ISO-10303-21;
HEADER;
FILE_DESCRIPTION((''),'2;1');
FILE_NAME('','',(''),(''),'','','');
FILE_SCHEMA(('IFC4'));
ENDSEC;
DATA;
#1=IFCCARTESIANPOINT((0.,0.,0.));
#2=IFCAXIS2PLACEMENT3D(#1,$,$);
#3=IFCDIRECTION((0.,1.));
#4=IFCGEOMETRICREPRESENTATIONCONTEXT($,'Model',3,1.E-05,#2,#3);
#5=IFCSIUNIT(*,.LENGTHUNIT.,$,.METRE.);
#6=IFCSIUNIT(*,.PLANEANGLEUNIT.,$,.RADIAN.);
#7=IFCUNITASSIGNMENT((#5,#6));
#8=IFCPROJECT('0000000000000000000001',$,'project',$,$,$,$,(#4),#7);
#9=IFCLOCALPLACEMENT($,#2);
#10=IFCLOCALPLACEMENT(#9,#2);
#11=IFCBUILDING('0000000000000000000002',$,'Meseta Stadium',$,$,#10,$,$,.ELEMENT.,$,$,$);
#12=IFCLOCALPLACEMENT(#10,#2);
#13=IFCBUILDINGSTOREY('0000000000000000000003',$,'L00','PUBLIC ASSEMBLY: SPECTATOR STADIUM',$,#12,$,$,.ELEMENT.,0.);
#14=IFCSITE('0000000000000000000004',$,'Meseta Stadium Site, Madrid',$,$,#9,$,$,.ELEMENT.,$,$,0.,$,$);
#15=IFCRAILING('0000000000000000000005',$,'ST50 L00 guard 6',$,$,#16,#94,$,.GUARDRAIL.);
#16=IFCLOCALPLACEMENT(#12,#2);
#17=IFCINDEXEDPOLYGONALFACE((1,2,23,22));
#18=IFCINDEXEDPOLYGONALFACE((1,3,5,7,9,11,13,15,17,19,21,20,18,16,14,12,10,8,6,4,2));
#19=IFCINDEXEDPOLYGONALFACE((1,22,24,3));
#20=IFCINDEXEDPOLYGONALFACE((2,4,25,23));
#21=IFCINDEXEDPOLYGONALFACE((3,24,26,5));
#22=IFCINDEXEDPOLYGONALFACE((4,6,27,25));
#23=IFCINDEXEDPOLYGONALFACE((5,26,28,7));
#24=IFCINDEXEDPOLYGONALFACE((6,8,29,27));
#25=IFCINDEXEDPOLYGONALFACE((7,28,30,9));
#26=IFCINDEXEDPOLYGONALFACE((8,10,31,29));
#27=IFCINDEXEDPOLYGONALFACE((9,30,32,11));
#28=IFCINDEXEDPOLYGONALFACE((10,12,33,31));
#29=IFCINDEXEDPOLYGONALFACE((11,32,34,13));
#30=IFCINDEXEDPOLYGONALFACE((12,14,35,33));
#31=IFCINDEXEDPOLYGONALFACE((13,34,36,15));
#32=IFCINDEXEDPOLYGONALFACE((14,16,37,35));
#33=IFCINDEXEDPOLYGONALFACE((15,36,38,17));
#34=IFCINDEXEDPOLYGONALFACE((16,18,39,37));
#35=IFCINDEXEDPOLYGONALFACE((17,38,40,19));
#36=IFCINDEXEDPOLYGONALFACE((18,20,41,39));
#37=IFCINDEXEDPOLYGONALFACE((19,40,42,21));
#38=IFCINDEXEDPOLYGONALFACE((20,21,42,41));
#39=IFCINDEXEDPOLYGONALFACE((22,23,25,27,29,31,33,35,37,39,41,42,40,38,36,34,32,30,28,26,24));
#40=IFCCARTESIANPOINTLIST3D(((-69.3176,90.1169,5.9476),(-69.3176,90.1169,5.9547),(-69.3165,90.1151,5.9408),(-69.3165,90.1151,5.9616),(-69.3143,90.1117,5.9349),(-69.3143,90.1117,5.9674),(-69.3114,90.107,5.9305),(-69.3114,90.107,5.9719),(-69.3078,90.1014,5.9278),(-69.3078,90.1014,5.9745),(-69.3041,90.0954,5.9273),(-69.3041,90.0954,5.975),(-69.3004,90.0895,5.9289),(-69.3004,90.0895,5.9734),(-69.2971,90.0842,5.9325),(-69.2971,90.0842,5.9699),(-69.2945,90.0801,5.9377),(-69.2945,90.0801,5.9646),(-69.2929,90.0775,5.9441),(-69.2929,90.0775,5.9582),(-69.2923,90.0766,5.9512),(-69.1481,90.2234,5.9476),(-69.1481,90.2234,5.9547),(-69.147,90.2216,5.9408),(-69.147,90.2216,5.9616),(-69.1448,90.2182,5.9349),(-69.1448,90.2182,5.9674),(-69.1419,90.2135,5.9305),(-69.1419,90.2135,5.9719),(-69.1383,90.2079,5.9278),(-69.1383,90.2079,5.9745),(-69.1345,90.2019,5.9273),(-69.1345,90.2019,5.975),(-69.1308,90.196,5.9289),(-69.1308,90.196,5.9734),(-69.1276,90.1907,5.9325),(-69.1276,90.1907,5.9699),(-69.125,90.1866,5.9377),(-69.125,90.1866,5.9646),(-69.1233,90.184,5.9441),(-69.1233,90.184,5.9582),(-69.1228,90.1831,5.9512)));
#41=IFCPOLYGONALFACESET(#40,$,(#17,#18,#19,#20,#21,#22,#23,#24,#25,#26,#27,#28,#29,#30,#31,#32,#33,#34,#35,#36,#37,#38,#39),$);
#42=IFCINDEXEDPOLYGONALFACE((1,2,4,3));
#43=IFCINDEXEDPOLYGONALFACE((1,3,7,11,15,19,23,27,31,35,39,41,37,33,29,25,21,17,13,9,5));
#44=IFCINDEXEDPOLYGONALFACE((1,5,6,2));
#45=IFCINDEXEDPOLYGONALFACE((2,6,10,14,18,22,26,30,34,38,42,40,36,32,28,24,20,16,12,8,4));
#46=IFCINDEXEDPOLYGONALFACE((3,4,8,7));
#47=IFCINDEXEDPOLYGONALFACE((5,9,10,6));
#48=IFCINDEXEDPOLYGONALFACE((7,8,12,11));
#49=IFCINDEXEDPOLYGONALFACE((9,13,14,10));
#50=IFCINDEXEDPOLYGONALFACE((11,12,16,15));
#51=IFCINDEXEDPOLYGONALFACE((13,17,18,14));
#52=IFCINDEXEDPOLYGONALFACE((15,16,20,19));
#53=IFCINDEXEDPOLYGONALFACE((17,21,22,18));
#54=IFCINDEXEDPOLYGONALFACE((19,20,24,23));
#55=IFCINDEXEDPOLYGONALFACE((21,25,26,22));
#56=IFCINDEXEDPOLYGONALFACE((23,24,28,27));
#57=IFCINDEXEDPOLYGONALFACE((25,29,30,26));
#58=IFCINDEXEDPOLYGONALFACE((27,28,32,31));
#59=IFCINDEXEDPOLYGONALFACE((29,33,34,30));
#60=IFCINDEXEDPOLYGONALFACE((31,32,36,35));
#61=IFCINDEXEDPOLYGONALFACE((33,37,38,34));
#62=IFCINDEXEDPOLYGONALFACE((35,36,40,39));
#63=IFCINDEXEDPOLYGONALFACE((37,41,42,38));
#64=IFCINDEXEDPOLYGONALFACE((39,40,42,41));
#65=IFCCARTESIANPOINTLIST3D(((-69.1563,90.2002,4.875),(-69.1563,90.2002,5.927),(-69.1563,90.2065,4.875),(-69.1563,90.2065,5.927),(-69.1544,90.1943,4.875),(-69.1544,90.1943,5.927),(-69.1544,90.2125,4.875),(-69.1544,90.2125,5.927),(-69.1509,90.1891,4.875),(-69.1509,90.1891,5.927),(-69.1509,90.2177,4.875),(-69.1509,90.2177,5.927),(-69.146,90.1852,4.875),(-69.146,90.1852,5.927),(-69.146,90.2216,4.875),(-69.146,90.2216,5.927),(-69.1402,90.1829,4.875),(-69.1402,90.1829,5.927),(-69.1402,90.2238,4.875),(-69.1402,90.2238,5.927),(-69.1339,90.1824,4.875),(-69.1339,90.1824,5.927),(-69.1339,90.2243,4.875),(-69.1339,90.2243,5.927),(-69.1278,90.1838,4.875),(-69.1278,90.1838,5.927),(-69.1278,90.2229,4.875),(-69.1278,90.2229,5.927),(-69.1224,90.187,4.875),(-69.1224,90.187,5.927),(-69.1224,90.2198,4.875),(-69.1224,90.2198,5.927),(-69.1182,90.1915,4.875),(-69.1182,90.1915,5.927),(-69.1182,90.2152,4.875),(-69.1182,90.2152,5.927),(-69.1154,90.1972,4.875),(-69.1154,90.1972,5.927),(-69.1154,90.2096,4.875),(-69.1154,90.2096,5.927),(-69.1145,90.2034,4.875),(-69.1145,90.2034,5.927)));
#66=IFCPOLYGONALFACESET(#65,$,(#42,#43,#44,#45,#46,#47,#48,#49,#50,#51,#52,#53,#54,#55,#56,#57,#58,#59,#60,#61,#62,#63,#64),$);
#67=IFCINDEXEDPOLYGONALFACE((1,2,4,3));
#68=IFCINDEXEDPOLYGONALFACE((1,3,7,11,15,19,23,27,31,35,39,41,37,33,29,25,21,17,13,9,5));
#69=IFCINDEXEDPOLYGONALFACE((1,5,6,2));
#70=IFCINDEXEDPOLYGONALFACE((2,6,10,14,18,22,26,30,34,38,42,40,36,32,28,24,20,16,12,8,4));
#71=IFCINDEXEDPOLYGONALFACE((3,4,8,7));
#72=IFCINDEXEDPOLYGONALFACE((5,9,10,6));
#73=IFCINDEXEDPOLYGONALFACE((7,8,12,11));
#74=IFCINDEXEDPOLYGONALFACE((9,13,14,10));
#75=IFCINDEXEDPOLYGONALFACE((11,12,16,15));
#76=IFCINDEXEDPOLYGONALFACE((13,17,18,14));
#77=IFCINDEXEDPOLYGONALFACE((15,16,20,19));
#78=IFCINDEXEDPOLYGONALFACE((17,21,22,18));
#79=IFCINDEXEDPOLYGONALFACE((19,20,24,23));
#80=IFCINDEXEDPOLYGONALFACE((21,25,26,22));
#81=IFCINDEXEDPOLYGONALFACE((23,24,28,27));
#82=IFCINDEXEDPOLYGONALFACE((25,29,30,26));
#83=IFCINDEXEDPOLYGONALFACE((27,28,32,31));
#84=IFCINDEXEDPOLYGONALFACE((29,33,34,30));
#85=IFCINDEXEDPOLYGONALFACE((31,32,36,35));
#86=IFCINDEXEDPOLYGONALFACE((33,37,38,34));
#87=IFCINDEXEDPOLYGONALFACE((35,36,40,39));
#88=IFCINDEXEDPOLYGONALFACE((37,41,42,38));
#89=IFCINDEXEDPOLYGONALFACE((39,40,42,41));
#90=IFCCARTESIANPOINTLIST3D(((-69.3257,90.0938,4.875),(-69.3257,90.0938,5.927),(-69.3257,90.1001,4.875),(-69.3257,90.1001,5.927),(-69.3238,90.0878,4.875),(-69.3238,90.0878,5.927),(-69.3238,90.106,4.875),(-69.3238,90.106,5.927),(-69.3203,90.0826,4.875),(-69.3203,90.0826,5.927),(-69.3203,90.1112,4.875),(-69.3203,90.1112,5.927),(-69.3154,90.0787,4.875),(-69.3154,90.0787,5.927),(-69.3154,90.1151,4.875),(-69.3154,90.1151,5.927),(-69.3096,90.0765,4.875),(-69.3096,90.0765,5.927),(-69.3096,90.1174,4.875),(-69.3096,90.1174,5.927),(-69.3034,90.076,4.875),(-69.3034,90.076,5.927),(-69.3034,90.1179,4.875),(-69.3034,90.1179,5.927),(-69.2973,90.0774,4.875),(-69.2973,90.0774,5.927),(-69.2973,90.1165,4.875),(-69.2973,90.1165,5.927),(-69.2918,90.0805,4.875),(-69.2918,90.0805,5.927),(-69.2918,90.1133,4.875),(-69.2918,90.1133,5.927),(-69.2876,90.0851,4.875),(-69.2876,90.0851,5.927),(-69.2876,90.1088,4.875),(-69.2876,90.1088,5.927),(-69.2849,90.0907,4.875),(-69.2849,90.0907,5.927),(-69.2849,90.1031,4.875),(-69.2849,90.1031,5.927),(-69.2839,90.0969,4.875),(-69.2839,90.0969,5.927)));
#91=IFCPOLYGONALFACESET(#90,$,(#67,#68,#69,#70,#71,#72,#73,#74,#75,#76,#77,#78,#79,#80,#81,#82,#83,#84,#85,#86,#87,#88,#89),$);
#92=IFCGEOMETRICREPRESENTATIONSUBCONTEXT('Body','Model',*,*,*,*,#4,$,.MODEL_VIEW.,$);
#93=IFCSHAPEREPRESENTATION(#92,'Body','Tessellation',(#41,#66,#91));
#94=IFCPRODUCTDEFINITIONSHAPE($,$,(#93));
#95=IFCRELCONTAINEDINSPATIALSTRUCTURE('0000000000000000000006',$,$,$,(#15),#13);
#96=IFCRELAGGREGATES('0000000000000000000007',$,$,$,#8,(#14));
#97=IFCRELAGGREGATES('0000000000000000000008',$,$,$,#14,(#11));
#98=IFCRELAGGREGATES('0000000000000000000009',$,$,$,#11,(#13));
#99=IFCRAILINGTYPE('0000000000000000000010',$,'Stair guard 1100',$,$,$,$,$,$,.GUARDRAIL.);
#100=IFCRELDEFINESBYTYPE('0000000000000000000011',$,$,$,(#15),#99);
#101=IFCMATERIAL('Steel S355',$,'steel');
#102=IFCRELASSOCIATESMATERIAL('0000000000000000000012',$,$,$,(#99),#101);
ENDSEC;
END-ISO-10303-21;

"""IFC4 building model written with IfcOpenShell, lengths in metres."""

from ifc_helpers import new_model, si_unit, direction, frame, origin, origin_2d, place, context, subcontext, project, spatial, circle, extrude, material, type_object, element, save


model = new_model("IFC4")

# Units and contexts
model_context = context("Model", 3, precision=1e-05, world=origin(), true_north=direction((0.0, 1.0)))
body_context = subcontext(model_context, "Body", "Model", "MODEL_VIEW")
ifc_project = project(units=[si_unit("LENGTHUNIT", "METRE"), si_unit("PLANEANGLEUNIT", "RADIAN")], contexts=[model_context])

# Site, building, storey
site_placement = place(None, origin())
site = spatial("IfcSite", under=ifc_project, at=site_placement, Name="Meseta Stadium Site, Madrid", CompositionType="ELEMENT", RefElevation=0.0)
building_placement = place(site_placement, origin())
building = spatial("IfcBuilding", under=site, at=building_placement, Name="Meseta Stadium", CompositionType="ELEMENT")
storey_placement = place(building_placement, origin())
storey = spatial("IfcBuildingStorey", under=building, at=storey_placement, Name="L00", Description="PUBLIC ASSEMBLY: SPECTATOR STADIUM", CompositionType="ELEMENT", Elevation=0.0)

# Railing
ifc_material_1 = material(Name="Steel S355", Category="steel")
railing_type_1 = type_object("IfcRailingType", Name="Stair guard 1100", PredefinedType="GUARDRAIL", material=ifc_material_1)
railing_1_placement = place(storey_placement, frame((-69.1355, 90.2034, 4.875)))
element("IfcRailing", 1, at=railing_1_placement, inside=storey, type_object=railing_type_1, Name="ST50 L00 guard 6", PredefinedType="GUARDRAIL", context=body_context, shape_type="SweptSolid", body=[
    extrude(circle(Radius=0.0239, at=origin_2d()), frame((0.0, 0.0, 1.0762), z_axis=(-0.846762, -0.531972, 0.0), x_axis=(0.531972, -0.846762, 0.0)), (0.0, 0.0, 1.0), 0.2002),
    extrude(circle(Radius=0.021, at=origin_2d()), origin(), (0.0, 0.0, 1.0), 1.052),
    extrude(circle(Radius=0.021, at=origin_2d()), frame((-0.1694, -0.1064, 0.0)), (0.0, 0.0, 1.0), 1.052),
])

save(model, "model.ifc")
